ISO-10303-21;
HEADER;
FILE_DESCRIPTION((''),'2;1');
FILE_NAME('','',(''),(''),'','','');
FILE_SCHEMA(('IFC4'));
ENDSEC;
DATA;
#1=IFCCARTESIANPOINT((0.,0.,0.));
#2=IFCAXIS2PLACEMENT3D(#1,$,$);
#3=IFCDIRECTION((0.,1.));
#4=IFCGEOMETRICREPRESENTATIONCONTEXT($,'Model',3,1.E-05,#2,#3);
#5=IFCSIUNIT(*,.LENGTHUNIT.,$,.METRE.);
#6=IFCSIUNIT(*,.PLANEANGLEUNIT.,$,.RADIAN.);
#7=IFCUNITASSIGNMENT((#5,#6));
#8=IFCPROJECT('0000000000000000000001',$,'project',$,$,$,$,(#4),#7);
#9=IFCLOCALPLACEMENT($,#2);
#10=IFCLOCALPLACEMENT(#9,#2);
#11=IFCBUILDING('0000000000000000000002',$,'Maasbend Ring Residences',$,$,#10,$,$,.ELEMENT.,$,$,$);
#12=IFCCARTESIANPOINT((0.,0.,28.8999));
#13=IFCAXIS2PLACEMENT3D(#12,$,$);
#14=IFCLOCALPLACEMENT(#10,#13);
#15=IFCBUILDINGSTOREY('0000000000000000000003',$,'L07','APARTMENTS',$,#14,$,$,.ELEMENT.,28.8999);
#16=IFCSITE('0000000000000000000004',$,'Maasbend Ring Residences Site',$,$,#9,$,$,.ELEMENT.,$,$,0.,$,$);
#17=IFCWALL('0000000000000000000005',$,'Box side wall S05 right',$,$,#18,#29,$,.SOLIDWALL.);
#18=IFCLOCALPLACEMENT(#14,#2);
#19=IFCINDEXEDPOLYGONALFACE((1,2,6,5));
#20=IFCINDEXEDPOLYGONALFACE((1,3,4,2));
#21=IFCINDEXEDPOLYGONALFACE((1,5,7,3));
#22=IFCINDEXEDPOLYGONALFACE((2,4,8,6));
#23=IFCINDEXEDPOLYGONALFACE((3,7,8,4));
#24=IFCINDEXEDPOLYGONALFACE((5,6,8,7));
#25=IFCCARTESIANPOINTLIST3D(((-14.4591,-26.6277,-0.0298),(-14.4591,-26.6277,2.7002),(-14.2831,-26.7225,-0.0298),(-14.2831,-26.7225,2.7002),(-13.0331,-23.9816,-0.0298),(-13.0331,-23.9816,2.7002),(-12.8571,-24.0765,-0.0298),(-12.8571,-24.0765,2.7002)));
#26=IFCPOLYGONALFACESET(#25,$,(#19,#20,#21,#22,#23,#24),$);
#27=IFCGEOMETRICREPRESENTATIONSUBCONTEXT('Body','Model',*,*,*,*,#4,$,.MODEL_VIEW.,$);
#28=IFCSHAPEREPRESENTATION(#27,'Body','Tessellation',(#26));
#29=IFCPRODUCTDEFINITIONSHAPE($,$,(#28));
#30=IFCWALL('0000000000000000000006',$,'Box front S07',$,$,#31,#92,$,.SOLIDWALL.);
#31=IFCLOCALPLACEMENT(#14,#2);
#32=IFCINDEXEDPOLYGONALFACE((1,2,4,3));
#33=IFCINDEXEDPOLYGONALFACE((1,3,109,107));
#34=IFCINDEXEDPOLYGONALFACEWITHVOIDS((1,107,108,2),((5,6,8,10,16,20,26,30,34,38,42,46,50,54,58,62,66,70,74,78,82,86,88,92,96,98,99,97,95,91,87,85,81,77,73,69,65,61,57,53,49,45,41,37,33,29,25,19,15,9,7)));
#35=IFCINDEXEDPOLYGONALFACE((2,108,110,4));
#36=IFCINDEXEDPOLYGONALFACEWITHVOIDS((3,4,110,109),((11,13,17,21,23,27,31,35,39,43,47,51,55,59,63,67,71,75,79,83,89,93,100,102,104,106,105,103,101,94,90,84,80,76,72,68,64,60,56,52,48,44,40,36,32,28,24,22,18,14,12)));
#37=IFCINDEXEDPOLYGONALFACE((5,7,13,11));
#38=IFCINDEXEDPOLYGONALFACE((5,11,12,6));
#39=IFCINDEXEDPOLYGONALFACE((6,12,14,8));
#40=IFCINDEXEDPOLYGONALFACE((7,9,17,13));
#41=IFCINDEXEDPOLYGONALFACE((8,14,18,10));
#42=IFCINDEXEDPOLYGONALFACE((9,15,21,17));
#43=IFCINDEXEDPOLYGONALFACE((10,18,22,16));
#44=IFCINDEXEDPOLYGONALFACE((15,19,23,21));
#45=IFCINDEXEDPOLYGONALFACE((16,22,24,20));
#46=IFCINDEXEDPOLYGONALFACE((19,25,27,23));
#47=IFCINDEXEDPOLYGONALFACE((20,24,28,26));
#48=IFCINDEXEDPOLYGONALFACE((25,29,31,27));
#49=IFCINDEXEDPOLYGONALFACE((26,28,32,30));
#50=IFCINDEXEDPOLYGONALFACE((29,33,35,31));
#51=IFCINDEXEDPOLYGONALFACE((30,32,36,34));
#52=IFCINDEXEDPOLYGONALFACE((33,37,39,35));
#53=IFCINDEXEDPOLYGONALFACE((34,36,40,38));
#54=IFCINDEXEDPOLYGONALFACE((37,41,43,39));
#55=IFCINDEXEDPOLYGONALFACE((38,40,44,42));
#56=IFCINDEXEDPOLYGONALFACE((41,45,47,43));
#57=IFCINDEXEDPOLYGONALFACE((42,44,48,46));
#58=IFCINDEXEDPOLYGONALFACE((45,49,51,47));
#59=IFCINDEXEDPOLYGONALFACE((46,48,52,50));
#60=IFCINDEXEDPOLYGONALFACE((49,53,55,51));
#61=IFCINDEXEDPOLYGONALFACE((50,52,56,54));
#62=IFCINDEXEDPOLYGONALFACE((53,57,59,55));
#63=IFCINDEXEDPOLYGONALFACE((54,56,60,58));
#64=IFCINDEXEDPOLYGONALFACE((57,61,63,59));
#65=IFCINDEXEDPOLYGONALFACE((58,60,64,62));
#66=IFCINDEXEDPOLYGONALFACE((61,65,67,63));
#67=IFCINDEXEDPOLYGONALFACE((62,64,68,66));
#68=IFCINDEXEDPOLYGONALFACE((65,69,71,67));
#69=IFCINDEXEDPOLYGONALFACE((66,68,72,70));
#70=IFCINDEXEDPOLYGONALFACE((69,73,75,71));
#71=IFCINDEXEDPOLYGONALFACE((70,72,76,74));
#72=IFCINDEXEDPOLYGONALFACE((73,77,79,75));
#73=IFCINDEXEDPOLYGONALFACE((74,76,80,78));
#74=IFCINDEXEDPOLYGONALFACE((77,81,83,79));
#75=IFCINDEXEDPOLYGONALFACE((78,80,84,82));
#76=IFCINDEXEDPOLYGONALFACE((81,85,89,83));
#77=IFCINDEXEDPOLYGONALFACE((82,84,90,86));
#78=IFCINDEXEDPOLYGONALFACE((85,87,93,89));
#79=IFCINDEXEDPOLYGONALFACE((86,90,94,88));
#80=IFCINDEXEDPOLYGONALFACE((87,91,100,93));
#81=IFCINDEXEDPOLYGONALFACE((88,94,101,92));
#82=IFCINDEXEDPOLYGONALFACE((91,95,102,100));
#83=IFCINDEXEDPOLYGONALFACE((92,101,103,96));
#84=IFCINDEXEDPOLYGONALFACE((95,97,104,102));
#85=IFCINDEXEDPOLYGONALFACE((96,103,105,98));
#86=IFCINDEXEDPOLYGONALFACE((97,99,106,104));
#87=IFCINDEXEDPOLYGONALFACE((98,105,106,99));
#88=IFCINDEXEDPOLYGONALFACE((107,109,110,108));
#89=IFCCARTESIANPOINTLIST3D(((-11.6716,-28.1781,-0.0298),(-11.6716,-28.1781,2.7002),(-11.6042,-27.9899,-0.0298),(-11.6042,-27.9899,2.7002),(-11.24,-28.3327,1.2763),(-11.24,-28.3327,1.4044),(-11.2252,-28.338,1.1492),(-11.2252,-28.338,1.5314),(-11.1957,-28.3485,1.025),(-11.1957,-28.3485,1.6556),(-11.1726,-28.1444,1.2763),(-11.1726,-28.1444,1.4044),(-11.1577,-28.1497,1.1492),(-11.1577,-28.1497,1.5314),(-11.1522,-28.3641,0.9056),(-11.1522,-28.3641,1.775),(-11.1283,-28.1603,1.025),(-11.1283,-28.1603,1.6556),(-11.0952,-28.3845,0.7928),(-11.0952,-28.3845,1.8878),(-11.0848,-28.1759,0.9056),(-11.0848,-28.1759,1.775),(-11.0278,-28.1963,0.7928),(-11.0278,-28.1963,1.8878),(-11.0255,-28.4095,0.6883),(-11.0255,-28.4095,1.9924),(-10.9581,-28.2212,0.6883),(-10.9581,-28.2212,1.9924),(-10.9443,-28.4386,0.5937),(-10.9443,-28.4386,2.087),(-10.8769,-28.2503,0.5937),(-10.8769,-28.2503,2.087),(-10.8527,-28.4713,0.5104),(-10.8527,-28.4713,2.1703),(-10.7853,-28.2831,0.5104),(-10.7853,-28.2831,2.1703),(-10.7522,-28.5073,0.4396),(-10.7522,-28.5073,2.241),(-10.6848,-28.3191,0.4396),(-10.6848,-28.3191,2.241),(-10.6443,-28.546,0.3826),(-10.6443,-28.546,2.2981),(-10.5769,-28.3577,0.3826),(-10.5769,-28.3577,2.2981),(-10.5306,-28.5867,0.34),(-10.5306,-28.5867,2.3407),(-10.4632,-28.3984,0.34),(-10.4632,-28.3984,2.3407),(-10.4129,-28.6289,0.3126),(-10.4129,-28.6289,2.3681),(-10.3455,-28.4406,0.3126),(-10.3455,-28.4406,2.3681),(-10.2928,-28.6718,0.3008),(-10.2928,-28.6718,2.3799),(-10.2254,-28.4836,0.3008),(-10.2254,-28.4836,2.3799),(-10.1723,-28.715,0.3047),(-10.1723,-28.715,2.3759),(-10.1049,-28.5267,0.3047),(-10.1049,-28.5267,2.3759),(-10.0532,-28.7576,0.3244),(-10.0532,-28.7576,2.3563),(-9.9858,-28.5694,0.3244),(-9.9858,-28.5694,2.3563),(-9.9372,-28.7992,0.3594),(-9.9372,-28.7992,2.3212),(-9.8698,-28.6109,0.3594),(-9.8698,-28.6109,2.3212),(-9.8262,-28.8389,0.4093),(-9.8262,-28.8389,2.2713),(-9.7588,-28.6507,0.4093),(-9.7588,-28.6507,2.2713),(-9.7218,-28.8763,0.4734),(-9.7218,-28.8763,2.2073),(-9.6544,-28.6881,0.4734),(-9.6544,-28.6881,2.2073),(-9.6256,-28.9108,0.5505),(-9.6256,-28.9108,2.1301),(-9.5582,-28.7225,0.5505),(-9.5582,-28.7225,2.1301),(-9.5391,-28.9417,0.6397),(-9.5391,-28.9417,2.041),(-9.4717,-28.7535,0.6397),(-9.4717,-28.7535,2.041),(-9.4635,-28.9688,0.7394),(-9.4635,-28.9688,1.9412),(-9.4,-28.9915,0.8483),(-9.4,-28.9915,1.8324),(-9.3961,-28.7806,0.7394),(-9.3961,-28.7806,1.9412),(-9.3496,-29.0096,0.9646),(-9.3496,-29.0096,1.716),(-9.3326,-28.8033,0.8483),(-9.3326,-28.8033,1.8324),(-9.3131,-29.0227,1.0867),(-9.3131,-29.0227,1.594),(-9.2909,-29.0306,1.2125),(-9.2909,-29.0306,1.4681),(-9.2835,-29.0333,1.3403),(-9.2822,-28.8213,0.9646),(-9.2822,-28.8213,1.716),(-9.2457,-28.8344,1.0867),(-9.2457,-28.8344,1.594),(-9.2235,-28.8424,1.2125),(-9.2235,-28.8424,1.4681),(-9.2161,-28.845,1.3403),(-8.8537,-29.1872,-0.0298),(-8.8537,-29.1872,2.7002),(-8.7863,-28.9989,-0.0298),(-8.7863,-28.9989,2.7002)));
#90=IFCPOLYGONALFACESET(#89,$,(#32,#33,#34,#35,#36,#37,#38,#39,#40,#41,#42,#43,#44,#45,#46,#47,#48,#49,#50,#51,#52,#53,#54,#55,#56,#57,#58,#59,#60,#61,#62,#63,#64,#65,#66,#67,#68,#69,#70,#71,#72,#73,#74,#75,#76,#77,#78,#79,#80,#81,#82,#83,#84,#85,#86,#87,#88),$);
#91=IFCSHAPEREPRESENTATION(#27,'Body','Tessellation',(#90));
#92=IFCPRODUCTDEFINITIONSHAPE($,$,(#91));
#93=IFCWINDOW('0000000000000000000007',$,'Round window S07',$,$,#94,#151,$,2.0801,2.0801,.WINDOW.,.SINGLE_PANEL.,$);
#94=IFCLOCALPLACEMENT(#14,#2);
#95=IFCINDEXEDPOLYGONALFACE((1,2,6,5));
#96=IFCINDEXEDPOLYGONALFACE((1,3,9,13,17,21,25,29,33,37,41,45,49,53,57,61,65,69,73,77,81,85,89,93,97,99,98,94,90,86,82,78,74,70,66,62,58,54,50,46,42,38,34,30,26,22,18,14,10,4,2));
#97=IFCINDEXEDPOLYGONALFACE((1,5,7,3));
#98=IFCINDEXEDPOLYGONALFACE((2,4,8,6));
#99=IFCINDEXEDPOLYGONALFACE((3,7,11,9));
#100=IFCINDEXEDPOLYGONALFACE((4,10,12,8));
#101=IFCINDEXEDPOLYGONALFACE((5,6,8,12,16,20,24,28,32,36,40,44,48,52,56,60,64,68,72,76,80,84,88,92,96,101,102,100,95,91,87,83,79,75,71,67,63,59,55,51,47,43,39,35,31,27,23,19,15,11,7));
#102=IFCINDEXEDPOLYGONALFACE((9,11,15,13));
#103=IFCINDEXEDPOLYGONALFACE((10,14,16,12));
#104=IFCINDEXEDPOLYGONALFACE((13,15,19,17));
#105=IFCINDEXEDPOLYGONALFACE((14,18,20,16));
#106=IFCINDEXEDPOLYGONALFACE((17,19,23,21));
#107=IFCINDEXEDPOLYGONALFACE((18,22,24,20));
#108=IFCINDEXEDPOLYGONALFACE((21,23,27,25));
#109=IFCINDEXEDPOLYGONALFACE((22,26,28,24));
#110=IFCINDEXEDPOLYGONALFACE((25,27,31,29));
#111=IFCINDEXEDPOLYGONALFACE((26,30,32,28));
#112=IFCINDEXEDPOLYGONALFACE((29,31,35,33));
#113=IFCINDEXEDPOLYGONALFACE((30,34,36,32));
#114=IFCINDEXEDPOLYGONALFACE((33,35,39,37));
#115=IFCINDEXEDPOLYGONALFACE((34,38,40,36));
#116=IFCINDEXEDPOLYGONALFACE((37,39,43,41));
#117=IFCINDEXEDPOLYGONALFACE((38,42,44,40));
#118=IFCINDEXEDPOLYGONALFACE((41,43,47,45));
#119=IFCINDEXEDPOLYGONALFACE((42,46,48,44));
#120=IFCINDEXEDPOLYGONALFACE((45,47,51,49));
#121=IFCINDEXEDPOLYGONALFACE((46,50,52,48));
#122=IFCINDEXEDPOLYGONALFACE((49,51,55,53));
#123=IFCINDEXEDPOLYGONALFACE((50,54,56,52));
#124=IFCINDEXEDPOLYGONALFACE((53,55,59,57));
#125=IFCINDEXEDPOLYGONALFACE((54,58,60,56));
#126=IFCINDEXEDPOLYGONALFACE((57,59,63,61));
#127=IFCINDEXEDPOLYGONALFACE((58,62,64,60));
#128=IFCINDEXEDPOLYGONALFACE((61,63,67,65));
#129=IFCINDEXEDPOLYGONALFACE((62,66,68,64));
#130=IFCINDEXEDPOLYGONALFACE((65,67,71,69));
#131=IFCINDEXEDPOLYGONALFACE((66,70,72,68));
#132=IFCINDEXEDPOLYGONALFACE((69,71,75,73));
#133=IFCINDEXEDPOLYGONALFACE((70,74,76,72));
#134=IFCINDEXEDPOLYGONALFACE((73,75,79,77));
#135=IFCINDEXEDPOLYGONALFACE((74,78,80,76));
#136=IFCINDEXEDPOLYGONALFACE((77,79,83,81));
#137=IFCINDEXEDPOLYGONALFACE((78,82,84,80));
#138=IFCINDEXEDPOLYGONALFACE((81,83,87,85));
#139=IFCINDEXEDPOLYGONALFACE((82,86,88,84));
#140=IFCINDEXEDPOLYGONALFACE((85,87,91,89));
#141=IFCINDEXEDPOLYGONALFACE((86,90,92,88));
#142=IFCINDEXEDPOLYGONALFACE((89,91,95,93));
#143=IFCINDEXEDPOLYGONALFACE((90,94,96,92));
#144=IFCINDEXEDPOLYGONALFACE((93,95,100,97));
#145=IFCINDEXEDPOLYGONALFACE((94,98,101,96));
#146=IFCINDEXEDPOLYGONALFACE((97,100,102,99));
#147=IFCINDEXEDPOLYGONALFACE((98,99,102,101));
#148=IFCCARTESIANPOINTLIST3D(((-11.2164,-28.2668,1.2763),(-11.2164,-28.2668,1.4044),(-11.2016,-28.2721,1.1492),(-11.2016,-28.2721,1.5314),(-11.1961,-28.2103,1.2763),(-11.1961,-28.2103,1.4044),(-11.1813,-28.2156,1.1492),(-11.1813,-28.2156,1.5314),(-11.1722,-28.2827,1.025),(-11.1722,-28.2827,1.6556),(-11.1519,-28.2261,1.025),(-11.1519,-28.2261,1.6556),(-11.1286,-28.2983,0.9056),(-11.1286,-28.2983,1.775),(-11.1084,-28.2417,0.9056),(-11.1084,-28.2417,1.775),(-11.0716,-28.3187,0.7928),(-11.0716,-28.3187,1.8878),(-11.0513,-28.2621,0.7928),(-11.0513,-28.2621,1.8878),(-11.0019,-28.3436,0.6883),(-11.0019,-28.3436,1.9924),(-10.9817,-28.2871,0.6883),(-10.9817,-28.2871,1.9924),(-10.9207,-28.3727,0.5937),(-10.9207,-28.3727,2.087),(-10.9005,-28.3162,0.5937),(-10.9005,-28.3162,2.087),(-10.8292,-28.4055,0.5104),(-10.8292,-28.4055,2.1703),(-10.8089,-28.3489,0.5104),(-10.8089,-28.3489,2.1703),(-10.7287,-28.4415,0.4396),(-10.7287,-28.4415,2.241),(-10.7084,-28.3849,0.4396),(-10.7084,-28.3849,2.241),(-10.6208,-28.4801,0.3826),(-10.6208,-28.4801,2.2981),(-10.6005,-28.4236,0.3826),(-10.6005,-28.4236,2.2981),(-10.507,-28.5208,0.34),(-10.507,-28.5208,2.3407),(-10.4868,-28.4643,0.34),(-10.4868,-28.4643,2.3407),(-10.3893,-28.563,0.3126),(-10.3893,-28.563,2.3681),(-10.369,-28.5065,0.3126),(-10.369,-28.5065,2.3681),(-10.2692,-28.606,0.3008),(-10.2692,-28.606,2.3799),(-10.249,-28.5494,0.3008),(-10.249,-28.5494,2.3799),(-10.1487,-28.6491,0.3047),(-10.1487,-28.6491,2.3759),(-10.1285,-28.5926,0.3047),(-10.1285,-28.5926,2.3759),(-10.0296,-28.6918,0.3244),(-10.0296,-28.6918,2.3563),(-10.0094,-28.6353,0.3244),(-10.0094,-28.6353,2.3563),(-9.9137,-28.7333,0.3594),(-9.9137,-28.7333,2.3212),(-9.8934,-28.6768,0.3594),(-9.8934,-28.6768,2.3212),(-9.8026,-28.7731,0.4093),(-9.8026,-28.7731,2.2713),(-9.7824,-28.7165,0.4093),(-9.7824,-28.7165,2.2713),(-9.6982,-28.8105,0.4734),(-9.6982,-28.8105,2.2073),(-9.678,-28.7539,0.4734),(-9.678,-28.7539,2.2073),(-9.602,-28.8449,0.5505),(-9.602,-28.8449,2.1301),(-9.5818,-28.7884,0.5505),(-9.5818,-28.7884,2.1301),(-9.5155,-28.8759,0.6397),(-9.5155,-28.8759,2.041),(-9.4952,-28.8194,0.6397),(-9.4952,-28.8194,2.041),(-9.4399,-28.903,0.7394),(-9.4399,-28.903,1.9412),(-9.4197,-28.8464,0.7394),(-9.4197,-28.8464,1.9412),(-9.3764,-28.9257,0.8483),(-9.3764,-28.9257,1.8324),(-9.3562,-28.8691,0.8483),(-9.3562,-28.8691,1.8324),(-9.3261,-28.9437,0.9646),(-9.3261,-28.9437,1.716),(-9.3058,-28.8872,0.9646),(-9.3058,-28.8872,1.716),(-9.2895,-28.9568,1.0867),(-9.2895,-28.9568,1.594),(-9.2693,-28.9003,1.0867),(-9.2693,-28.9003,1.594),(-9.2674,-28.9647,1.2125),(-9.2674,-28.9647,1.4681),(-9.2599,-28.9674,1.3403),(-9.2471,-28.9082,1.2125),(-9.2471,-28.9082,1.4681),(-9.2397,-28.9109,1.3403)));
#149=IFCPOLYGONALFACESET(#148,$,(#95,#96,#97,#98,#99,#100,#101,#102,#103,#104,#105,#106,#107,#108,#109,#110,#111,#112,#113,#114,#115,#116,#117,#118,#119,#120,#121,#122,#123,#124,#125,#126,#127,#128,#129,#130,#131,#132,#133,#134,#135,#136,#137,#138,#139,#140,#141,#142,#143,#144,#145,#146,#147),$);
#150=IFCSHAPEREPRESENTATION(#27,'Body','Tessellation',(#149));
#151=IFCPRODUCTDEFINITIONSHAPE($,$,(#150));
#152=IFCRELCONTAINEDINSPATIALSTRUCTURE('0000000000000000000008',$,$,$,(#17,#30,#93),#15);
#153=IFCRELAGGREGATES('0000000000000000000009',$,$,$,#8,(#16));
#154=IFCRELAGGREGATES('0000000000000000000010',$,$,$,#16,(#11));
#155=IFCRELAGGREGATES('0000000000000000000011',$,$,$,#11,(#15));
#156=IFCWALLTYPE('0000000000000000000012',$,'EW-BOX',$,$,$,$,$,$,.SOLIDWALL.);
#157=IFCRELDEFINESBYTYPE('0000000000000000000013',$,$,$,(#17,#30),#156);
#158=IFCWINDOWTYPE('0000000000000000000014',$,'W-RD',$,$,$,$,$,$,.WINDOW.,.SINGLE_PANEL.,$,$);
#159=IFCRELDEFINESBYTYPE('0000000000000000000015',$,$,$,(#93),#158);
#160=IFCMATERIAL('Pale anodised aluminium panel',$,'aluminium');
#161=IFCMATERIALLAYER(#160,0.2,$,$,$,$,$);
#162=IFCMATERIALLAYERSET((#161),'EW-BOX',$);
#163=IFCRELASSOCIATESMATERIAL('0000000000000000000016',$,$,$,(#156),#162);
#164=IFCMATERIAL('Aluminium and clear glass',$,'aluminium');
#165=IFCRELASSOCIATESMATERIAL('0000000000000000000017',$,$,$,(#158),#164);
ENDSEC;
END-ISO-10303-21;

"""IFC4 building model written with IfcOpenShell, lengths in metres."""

from ifc_helpers import new_model, si_unit, direction, frame, frame_2d, origin, place, context, subcontext, project, spatial, rectangle, circle, extrude, material, layer, layer_set, type_object, element, fill, save


model = new_model("IFC4")

# Units and contexts
model_context = context("Model", 3, precision=1e-05, world=origin(), true_north=direction((0.0, 1.0)))
body_context = subcontext(model_context, "Body", "Model", "MODEL_VIEW")
ifc_project = project(units=[si_unit("LENGTHUNIT", "METRE"), si_unit("PLANEANGLEUNIT", "RADIAN")], contexts=[model_context])

# Site, building, storey
site_placement = place(None, origin())
site = spatial("IfcSite", under=ifc_project, at=site_placement, Name="Maasbend Ring Residences Site", CompositionType="ELEMENT", RefElevation=0.0)
building_placement = place(site_placement, origin())
building = spatial("IfcBuilding", under=site, at=building_placement, Name="Maasbend Ring Residences", CompositionType="ELEMENT")
storey_placement = place(building_placement, frame((0.0, 0.0, 28.8999)))
storey = spatial("IfcBuildingStorey", under=building, at=storey_placement, Name="L07", Description="APARTMENTS", CompositionType="ELEMENT", Elevation=28.8999)

# Shared definitions
ifc_material_1 = material(Name="Pale anodised aluminium panel", Category="aluminium")
ifc_layer_1 = layer(ifc_material_1, 0.2)
ifc_layer_set_1 = layer_set([ifc_layer_1], Name="EW-BOX")
wall_type_1 = type_object("IfcWallType", Name="EW-BOX", PredefinedType="SOLIDWALL", material=ifc_layer_set_1)
ifc_material_2 = material(Name="Aluminium and clear glass", Category="aluminium")
window_type_1 = type_object("IfcWindowType", Name="W-RD", PartitioningType="SINGLE_PANEL", PredefinedType="WINDOW", material=ifc_material_2)

# Wall
wall_1_placement = place(storey_placement, frame((-12.9451, -24.0291, -0.0298), z_axis=(0.0, 0.0, 1.0), x_axis=(-0.474424, -0.880296, 0.0)))
element("IfcWall", 1, at=wall_1_placement, inside=storey, type_object=wall_type_1, Name="Box side wall S05 right", PredefinedType="SOLIDWALL", context=body_context, shape_type="SweptSolid", body=[
    extrude(rectangle(XDim=3.0059, YDim=0.2, at=frame_2d((1.5029, 0.0))), origin(), (0.0, 0.0, 1.0), 2.73),
])

# Wall, opening, window
wall_2_placement = place(storey_placement, frame((-11.6379, -28.084, -0.0298), z_axis=(0.0, 0.0, 1.0), x_axis=(0.941461, -0.337122, 0.0)))
wall_2 = element("IfcWall", 2, at=wall_2_placement, inside=storey, type_object=wall_type_1, Name="Box front S07", PredefinedType="SOLIDWALL", context=body_context, shape_type="SweptSolid", body=[
    extrude(rectangle(XDim=2.9932, YDim=0.2, at=frame_2d((1.4966, 0.0))), origin(), (0.0, 0.0, 1.0), 2.73),
])
opening_1_placement = place(wall_2_placement, frame((0.4565, 0.0, 0.3301)))
opening_1 = element("IfcOpeningElement", 3, at=opening_1_placement, cuts=wall_2, PredefinedType="OPENING", context=body_context, shape_type="SweptSolid", body=[
    extrude(circle(Radius=1.04, at=frame_2d((1.04, 1.04))), frame((0.0, 0.1099, 0.0), z_axis=(0.0, -1.0, 0.0), x_axis=(1.0, 0.0, 0.0)), (0.0, 0.0, 1.0), 0.22),
])
window_1_placement = place(opening_1_placement, origin())
window_1 = element("IfcWindow", 4, at=window_1_placement, inside=storey, type_object=window_type_1, Name="Round window S07", OverallHeight=2.0801, OverallWidth=2.0801, PartitioningType="SINGLE_PANEL", PredefinedType="WINDOW", context=body_context, shape_type="SweptSolid", body=[
    extrude(circle(Radius=1.04, at=frame_2d((1.04, 1.04))), frame((0.0, 0.03, 0.0), z_axis=(0.0, -1.0, 0.0), x_axis=(1.0, 0.0, 0.0)), (0.0, 0.0, 1.0), 0.0601),
])
fill(opening_1, window_1)

save(model, "model.ifc")
